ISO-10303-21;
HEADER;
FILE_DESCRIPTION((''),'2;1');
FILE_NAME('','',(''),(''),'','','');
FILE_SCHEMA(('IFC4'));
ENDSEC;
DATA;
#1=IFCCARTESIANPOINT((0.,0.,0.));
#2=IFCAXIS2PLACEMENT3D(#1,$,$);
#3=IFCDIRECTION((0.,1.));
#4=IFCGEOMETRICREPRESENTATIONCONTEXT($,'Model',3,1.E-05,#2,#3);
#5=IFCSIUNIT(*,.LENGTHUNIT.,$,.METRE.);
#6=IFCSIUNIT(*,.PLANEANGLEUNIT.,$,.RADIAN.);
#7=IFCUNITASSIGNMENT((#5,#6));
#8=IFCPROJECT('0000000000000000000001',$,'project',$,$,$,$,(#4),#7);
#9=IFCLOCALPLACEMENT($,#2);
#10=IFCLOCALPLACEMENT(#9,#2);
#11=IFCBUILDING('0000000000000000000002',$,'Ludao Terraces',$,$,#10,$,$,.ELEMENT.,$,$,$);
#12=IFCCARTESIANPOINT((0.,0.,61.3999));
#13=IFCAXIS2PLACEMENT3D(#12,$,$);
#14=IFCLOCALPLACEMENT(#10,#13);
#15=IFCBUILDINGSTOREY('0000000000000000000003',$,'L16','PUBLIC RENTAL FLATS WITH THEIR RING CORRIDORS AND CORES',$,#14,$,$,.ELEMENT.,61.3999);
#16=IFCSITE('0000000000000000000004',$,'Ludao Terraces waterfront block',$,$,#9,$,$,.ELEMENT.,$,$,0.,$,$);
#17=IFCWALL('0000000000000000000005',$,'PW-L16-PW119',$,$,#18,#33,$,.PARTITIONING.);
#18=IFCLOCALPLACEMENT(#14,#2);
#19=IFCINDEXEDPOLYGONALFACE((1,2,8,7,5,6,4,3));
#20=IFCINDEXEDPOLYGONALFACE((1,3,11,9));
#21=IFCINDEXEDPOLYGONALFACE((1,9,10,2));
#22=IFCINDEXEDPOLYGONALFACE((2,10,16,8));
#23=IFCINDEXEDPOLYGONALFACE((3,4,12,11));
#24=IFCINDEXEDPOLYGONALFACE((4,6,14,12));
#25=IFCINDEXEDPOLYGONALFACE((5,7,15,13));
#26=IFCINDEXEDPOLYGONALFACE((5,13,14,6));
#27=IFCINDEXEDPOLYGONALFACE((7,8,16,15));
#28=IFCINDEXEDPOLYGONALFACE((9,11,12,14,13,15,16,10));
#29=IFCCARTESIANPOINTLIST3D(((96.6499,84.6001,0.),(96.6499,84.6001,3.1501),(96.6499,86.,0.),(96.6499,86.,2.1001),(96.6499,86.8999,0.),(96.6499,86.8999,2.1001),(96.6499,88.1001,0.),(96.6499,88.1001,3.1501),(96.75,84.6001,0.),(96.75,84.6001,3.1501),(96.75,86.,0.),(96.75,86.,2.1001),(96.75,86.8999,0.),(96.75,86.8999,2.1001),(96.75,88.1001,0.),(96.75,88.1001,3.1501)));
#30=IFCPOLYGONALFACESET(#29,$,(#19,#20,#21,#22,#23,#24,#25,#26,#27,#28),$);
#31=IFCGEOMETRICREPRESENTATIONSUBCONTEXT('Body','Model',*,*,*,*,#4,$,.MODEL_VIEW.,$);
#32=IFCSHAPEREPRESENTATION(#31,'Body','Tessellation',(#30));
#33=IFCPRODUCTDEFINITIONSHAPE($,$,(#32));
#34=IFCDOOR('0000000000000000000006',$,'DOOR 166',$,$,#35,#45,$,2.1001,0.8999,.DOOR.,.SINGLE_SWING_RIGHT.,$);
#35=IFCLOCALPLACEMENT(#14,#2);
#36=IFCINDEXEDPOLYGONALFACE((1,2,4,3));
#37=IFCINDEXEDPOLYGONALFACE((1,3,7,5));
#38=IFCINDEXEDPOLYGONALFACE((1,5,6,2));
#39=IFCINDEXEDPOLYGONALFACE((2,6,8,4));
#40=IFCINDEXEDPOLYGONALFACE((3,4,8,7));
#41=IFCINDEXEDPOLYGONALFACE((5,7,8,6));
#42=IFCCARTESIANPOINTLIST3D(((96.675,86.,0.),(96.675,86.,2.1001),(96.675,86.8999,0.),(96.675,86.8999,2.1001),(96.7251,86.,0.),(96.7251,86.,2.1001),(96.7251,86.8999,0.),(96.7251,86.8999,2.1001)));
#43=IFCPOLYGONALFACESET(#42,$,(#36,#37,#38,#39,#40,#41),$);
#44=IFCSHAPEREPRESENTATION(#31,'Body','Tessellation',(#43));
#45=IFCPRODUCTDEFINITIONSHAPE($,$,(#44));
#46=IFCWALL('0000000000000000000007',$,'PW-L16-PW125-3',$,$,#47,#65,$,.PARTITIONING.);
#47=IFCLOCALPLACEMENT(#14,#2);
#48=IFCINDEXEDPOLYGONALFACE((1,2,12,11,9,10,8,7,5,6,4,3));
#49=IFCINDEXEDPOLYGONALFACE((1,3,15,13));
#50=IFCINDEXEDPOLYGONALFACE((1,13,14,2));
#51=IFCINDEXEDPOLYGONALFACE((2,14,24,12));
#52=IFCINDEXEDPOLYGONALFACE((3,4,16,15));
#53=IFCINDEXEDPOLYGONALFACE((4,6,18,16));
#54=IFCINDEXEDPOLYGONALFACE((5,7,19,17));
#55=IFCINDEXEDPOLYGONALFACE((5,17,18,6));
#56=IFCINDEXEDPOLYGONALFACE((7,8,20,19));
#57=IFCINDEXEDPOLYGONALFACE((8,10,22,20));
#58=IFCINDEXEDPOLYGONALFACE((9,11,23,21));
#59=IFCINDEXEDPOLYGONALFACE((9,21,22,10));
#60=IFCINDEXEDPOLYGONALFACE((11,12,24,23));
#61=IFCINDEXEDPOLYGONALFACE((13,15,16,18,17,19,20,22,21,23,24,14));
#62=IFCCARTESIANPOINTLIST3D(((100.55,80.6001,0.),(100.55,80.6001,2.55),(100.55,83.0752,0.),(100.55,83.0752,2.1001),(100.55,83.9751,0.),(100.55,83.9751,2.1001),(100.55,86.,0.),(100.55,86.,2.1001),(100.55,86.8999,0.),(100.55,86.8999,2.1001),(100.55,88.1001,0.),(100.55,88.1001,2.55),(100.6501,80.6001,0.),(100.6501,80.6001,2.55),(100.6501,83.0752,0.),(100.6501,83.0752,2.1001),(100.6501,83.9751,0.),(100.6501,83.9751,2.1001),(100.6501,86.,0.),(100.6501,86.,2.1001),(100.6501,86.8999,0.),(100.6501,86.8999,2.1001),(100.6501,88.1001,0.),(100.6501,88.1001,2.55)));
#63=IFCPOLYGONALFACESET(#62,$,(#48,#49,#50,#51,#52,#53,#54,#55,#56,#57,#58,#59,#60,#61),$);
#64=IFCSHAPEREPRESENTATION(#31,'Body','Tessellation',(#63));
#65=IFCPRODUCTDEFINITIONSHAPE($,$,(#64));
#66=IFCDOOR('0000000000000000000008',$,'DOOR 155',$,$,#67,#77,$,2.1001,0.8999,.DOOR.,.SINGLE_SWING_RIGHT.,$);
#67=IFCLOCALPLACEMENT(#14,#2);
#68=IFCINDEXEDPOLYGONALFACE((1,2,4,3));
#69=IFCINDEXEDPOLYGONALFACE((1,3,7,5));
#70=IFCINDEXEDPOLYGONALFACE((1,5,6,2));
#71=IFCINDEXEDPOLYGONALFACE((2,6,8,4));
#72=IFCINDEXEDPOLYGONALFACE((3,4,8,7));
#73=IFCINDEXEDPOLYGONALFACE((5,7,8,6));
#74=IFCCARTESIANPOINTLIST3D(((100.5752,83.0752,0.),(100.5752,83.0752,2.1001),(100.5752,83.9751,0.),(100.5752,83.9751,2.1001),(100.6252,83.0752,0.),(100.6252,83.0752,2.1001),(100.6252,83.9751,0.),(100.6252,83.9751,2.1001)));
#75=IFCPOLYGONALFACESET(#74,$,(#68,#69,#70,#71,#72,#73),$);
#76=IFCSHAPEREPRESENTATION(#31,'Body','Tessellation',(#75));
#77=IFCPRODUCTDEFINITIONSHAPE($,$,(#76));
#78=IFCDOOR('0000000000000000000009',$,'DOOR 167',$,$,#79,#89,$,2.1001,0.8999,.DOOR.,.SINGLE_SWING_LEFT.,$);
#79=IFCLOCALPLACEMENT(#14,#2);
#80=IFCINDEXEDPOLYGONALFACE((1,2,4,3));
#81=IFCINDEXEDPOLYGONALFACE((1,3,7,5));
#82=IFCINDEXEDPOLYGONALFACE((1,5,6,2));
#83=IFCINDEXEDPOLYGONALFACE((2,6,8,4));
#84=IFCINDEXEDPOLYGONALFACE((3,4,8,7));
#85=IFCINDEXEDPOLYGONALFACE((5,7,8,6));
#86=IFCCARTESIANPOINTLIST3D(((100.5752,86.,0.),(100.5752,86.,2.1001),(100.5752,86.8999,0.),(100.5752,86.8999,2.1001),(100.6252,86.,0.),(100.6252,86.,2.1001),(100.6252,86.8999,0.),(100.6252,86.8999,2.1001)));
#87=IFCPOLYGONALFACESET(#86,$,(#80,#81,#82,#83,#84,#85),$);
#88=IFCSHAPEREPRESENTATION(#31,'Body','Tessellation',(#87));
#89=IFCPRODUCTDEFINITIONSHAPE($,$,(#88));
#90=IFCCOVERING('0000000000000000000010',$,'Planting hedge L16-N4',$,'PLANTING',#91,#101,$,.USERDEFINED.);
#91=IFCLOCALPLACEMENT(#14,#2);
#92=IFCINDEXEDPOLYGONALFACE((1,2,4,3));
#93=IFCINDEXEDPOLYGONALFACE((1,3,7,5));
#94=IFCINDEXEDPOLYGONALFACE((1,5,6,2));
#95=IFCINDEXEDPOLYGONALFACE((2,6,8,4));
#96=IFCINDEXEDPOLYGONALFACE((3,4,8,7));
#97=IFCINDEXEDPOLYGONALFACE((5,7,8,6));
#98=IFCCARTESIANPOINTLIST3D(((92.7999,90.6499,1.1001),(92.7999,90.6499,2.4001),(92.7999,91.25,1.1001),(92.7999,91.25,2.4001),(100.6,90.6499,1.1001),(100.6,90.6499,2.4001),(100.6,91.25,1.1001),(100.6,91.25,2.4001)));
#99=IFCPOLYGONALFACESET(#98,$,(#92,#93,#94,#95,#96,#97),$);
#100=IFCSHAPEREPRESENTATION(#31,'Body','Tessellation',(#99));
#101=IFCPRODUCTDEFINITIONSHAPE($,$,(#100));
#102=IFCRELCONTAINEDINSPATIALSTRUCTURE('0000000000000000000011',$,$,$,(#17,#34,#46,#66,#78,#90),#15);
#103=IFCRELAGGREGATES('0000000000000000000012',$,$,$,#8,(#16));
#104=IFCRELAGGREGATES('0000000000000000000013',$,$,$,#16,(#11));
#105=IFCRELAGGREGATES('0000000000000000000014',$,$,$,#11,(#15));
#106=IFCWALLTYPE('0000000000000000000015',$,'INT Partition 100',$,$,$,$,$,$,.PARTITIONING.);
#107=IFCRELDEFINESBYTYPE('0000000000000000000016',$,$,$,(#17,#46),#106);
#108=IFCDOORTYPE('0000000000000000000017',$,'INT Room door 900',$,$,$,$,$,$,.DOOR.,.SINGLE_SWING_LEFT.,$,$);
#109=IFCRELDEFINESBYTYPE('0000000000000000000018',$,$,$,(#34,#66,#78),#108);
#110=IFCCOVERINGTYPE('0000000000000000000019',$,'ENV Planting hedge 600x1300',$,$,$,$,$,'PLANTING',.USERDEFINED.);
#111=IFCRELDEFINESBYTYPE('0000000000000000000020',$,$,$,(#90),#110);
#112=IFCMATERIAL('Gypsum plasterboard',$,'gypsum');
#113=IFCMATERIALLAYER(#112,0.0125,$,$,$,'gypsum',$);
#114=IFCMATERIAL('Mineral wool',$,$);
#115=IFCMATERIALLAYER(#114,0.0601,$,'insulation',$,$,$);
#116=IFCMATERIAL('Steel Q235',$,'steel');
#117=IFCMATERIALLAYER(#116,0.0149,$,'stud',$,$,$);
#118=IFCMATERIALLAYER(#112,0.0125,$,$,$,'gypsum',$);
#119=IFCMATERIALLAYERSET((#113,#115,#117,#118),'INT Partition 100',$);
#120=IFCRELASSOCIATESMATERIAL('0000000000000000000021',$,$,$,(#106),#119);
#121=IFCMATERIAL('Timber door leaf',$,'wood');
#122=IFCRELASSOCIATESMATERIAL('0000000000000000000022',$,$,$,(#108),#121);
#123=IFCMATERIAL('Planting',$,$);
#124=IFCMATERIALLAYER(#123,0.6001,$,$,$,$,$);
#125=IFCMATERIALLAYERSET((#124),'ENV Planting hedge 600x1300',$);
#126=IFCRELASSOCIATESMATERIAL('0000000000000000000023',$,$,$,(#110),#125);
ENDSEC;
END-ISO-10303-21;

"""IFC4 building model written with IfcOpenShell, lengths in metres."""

from ifc_helpers import new_model, si_unit, direction, frame, frame_2d, origin, origin_2d, place, context, subcontext, project, spatial, rectangle, extrude, material, layer, layer_set, type_object, element, fill, save


model = new_model("IFC4")

# Units and contexts
model_context = context("Model", 3, precision=1e-05, world=origin(), true_north=direction((0.0, 1.0)))
body_context = subcontext(model_context, "Body", "Model", "MODEL_VIEW")
ifc_project = project(units=[si_unit("LENGTHUNIT", "METRE"), si_unit("PLANEANGLEUNIT", "RADIAN")], contexts=[model_context])

# Site, building, storey
site_placement = place(None, origin())
site = spatial("IfcSite", under=ifc_project, at=site_placement, Name="Ludao Terraces waterfront block", CompositionType="ELEMENT", RefElevation=0.0)
building_placement = place(site_placement, origin())
building = spatial("IfcBuilding", under=site, at=building_placement, Name="Ludao Terraces", CompositionType="ELEMENT")
storey_placement = place(building_placement, frame((0.0, 0.0, 61.3999)))
storey = spatial("IfcBuildingStorey", under=building, at=storey_placement, Name="L16", Description="PUBLIC RENTAL FLATS WITH THEIR RING CORRIDORS AND CORES", CompositionType="ELEMENT", Elevation=61.3999)

# Shared definitions
ifc_material_1 = material(Name="Gypsum plasterboard", Category="gypsum")
ifc_layer_1 = layer(ifc_material_1, 0.0125, Category="gypsum")
ifc_material_2 = material(Name="Mineral wool")
ifc_layer_2 = layer(ifc_material_2, 0.0601, Name="insulation")
ifc_material_3 = material(Name="Steel Q235", Category="steel")
ifc_layer_3 = layer(ifc_material_3, 0.0149, Name="stud")
ifc_layer_4 = layer(ifc_material_1, 0.0125, Category="gypsum")
ifc_layer_set_1 = layer_set([ifc_layer_1, ifc_layer_2, ifc_layer_3, ifc_layer_4], Name="INT Partition 100")
wall_type_1 = type_object("IfcWallType", Name="INT Partition 100", PredefinedType="PARTITIONING", material=ifc_layer_set_1)

# Wall, opening, door
ifc_material_4 = material(Name="Timber door leaf", Category="wood")
door_type = type_object("IfcDoorType", Name="INT Room door 900", OperationType="SINGLE_SWING_LEFT", PredefinedType="DOOR", material=ifc_material_4)
wall_1_placement = place(storey_placement, frame((96.7, 84.6001, 0.0), z_axis=(0.0, 0.0, 1.0), x_axis=(0.0, 1.0, 0.0)))
wall_1 = element("IfcWall", 1, at=wall_1_placement, inside=storey, type_object=wall_type_1, Name="PW-L16-PW119", PredefinedType="PARTITIONING", context=body_context, shape_type="SweptSolid", body=[
    extrude(rectangle(XDim=3.5, YDim=0.1001, at=frame_2d((1.75, 0.0))), origin(), (0.0, 0.0, 1.0), 3.1501),
])
opening_1_placement = place(wall_1_placement, frame((1.3999, 0.0, 0.0)))
opening_1 = element("IfcOpeningElement", 2, at=opening_1_placement, cuts=wall_1, PredefinedType="OPENING", context=body_context, shape_type="SweptSolid", body=[
    extrude(rectangle(XDim=0.8999, YDim=2.1001, at=frame_2d((0.45, 1.05))), frame((0.0, 0.0601, 0.0), z_axis=(0.0, -1.0, 0.0), x_axis=(1.0, 0.0, 0.0)), (0.0, 0.0, 1.0), 0.1201),
])
door_1_placement = place(opening_1_placement, origin())
door_1 = element("IfcDoor", 3, at=door_1_placement, inside=storey, type_object=door_type, Name="DOOR 166", OperationType="SINGLE_SWING_RIGHT", OverallHeight=2.1001, OverallWidth=0.8999, PredefinedType="DOOR", context=body_context, shape_type="SweptSolid", body=[
    extrude(rectangle(XDim=0.8999, YDim=2.1001, at=frame_2d((0.45, 1.05))), frame((0.0, 0.0249, 0.0), z_axis=(0.0, -1.0, 0.0), x_axis=(1.0, 0.0, 0.0)), (0.0, 0.0, 1.0), 0.05),
])
fill(opening_1, door_1)

# Wall, openings, doors
wall_2_placement = place(storey_placement, frame((100.6001, 80.6001, 0.0), z_axis=(0.0, 0.0, 1.0), x_axis=(0.0, 1.0, 0.0)))
wall_2 = element("IfcWall", 4, at=wall_2_placement, inside=storey, type_object=wall_type_1, Name="PW-L16-PW125-3", PredefinedType="PARTITIONING", context=body_context, shape_type="SweptSolid", body=[
    extrude(rectangle(XDim=7.5, YDim=0.1001, at=frame_2d((3.75, 0.0))), origin(), (0.0, 0.0, 1.0), 2.55),
])
opening_2_placement = place(wall_2_placement, frame((2.4751, 0.0, 0.0)))
opening_2 = element("IfcOpeningElement", 5, at=opening_2_placement, cuts=wall_2, PredefinedType="OPENING", context=body_context, shape_type="SweptSolid", body=[
    extrude(rectangle(XDim=0.8999, YDim=2.1001, at=frame_2d((0.45, 1.05))), frame((0.0, 0.0601, 0.0), z_axis=(0.0, -1.0, 0.0), x_axis=(1.0, 0.0, 0.0)), (0.0, 0.0, 1.0), 0.1201),
])
opening_3_placement = place(wall_2_placement, frame((5.3999, 0.0, 0.0)))
opening_3 = element("IfcOpeningElement", 6, at=opening_3_placement, cuts=wall_2, PredefinedType="OPENING", context=body_context, shape_type="SweptSolid", body=[
    extrude(rectangle(XDim=0.8999, YDim=2.1001, at=frame_2d((0.45, 1.05))), frame((0.0, 0.0601, 0.0), z_axis=(0.0, -1.0, 0.0), x_axis=(1.0, 0.0, 0.0)), (0.0, 0.0, 1.0), 0.1201),
])
door_2_placement = place(opening_2_placement, origin())
door_2 = element("IfcDoor", 7, at=door_2_placement, inside=storey, type_object=door_type, Name="DOOR 155", OperationType="SINGLE_SWING_RIGHT", OverallHeight=2.1001, OverallWidth=0.8999, PredefinedType="DOOR", context=body_context, shape_type="SweptSolid", body=[
    extrude(rectangle(XDim=0.8999, YDim=2.1001, at=frame_2d((0.45, 1.05))), frame((0.0, 0.0249, 0.0), z_axis=(0.0, -1.0, 0.0), x_axis=(1.0, 0.0, 0.0)), (0.0, 0.0, 1.0), 0.05),
])
fill(opening_2, door_2)
door_3_placement = place(opening_3_placement, origin())
door_3 = element("IfcDoor", 8, at=door_3_placement, inside=storey, type_object=door_type, Name="DOOR 167", OperationType="SINGLE_SWING_LEFT", OverallHeight=2.1001, OverallWidth=0.8999, PredefinedType="DOOR", context=body_context, shape_type="SweptSolid", body=[
    extrude(rectangle(XDim=0.8999, YDim=2.1001, at=frame_2d((0.45, 1.05))), frame((0.0, 0.0249, 0.0), z_axis=(0.0, -1.0, 0.0), x_axis=(1.0, 0.0, 0.0)), (0.0, 0.0, 1.0), 0.05),
])
fill(opening_3, door_3)

# Covering
ifc_material_5 = material(Name="Planting")
ifc_layer_5 = layer(ifc_material_5, 0.6001)
ifc_layer_set_2 = layer_set([ifc_layer_5], Name="ENV Planting hedge 600x1300")
covering_type = type_object("IfcCoveringType", Name="ENV Planting hedge 600x1300", ElementType="PLANTING", PredefinedType="USERDEFINED", material=ifc_layer_set_2)
covering_placement = place(storey_placement, frame((96.7, 90.95, 1.1001), z_axis=(0.0, 0.0, 1.0), x_axis=(1.0, 0.0, 0.0)))
element("IfcCovering", 9, at=covering_placement, inside=storey, type_object=covering_type, Name="Planting hedge L16-N4", ObjectType="PLANTING", PredefinedType="USERDEFINED", context=body_context, shape_type="SweptSolid", body=[
    extrude(rectangle(XDim=7.8, YDim=0.6001, at=origin_2d()), origin(), (0.0, 0.0, 1.0), 1.3),
])

save(model, "model.ifc")
